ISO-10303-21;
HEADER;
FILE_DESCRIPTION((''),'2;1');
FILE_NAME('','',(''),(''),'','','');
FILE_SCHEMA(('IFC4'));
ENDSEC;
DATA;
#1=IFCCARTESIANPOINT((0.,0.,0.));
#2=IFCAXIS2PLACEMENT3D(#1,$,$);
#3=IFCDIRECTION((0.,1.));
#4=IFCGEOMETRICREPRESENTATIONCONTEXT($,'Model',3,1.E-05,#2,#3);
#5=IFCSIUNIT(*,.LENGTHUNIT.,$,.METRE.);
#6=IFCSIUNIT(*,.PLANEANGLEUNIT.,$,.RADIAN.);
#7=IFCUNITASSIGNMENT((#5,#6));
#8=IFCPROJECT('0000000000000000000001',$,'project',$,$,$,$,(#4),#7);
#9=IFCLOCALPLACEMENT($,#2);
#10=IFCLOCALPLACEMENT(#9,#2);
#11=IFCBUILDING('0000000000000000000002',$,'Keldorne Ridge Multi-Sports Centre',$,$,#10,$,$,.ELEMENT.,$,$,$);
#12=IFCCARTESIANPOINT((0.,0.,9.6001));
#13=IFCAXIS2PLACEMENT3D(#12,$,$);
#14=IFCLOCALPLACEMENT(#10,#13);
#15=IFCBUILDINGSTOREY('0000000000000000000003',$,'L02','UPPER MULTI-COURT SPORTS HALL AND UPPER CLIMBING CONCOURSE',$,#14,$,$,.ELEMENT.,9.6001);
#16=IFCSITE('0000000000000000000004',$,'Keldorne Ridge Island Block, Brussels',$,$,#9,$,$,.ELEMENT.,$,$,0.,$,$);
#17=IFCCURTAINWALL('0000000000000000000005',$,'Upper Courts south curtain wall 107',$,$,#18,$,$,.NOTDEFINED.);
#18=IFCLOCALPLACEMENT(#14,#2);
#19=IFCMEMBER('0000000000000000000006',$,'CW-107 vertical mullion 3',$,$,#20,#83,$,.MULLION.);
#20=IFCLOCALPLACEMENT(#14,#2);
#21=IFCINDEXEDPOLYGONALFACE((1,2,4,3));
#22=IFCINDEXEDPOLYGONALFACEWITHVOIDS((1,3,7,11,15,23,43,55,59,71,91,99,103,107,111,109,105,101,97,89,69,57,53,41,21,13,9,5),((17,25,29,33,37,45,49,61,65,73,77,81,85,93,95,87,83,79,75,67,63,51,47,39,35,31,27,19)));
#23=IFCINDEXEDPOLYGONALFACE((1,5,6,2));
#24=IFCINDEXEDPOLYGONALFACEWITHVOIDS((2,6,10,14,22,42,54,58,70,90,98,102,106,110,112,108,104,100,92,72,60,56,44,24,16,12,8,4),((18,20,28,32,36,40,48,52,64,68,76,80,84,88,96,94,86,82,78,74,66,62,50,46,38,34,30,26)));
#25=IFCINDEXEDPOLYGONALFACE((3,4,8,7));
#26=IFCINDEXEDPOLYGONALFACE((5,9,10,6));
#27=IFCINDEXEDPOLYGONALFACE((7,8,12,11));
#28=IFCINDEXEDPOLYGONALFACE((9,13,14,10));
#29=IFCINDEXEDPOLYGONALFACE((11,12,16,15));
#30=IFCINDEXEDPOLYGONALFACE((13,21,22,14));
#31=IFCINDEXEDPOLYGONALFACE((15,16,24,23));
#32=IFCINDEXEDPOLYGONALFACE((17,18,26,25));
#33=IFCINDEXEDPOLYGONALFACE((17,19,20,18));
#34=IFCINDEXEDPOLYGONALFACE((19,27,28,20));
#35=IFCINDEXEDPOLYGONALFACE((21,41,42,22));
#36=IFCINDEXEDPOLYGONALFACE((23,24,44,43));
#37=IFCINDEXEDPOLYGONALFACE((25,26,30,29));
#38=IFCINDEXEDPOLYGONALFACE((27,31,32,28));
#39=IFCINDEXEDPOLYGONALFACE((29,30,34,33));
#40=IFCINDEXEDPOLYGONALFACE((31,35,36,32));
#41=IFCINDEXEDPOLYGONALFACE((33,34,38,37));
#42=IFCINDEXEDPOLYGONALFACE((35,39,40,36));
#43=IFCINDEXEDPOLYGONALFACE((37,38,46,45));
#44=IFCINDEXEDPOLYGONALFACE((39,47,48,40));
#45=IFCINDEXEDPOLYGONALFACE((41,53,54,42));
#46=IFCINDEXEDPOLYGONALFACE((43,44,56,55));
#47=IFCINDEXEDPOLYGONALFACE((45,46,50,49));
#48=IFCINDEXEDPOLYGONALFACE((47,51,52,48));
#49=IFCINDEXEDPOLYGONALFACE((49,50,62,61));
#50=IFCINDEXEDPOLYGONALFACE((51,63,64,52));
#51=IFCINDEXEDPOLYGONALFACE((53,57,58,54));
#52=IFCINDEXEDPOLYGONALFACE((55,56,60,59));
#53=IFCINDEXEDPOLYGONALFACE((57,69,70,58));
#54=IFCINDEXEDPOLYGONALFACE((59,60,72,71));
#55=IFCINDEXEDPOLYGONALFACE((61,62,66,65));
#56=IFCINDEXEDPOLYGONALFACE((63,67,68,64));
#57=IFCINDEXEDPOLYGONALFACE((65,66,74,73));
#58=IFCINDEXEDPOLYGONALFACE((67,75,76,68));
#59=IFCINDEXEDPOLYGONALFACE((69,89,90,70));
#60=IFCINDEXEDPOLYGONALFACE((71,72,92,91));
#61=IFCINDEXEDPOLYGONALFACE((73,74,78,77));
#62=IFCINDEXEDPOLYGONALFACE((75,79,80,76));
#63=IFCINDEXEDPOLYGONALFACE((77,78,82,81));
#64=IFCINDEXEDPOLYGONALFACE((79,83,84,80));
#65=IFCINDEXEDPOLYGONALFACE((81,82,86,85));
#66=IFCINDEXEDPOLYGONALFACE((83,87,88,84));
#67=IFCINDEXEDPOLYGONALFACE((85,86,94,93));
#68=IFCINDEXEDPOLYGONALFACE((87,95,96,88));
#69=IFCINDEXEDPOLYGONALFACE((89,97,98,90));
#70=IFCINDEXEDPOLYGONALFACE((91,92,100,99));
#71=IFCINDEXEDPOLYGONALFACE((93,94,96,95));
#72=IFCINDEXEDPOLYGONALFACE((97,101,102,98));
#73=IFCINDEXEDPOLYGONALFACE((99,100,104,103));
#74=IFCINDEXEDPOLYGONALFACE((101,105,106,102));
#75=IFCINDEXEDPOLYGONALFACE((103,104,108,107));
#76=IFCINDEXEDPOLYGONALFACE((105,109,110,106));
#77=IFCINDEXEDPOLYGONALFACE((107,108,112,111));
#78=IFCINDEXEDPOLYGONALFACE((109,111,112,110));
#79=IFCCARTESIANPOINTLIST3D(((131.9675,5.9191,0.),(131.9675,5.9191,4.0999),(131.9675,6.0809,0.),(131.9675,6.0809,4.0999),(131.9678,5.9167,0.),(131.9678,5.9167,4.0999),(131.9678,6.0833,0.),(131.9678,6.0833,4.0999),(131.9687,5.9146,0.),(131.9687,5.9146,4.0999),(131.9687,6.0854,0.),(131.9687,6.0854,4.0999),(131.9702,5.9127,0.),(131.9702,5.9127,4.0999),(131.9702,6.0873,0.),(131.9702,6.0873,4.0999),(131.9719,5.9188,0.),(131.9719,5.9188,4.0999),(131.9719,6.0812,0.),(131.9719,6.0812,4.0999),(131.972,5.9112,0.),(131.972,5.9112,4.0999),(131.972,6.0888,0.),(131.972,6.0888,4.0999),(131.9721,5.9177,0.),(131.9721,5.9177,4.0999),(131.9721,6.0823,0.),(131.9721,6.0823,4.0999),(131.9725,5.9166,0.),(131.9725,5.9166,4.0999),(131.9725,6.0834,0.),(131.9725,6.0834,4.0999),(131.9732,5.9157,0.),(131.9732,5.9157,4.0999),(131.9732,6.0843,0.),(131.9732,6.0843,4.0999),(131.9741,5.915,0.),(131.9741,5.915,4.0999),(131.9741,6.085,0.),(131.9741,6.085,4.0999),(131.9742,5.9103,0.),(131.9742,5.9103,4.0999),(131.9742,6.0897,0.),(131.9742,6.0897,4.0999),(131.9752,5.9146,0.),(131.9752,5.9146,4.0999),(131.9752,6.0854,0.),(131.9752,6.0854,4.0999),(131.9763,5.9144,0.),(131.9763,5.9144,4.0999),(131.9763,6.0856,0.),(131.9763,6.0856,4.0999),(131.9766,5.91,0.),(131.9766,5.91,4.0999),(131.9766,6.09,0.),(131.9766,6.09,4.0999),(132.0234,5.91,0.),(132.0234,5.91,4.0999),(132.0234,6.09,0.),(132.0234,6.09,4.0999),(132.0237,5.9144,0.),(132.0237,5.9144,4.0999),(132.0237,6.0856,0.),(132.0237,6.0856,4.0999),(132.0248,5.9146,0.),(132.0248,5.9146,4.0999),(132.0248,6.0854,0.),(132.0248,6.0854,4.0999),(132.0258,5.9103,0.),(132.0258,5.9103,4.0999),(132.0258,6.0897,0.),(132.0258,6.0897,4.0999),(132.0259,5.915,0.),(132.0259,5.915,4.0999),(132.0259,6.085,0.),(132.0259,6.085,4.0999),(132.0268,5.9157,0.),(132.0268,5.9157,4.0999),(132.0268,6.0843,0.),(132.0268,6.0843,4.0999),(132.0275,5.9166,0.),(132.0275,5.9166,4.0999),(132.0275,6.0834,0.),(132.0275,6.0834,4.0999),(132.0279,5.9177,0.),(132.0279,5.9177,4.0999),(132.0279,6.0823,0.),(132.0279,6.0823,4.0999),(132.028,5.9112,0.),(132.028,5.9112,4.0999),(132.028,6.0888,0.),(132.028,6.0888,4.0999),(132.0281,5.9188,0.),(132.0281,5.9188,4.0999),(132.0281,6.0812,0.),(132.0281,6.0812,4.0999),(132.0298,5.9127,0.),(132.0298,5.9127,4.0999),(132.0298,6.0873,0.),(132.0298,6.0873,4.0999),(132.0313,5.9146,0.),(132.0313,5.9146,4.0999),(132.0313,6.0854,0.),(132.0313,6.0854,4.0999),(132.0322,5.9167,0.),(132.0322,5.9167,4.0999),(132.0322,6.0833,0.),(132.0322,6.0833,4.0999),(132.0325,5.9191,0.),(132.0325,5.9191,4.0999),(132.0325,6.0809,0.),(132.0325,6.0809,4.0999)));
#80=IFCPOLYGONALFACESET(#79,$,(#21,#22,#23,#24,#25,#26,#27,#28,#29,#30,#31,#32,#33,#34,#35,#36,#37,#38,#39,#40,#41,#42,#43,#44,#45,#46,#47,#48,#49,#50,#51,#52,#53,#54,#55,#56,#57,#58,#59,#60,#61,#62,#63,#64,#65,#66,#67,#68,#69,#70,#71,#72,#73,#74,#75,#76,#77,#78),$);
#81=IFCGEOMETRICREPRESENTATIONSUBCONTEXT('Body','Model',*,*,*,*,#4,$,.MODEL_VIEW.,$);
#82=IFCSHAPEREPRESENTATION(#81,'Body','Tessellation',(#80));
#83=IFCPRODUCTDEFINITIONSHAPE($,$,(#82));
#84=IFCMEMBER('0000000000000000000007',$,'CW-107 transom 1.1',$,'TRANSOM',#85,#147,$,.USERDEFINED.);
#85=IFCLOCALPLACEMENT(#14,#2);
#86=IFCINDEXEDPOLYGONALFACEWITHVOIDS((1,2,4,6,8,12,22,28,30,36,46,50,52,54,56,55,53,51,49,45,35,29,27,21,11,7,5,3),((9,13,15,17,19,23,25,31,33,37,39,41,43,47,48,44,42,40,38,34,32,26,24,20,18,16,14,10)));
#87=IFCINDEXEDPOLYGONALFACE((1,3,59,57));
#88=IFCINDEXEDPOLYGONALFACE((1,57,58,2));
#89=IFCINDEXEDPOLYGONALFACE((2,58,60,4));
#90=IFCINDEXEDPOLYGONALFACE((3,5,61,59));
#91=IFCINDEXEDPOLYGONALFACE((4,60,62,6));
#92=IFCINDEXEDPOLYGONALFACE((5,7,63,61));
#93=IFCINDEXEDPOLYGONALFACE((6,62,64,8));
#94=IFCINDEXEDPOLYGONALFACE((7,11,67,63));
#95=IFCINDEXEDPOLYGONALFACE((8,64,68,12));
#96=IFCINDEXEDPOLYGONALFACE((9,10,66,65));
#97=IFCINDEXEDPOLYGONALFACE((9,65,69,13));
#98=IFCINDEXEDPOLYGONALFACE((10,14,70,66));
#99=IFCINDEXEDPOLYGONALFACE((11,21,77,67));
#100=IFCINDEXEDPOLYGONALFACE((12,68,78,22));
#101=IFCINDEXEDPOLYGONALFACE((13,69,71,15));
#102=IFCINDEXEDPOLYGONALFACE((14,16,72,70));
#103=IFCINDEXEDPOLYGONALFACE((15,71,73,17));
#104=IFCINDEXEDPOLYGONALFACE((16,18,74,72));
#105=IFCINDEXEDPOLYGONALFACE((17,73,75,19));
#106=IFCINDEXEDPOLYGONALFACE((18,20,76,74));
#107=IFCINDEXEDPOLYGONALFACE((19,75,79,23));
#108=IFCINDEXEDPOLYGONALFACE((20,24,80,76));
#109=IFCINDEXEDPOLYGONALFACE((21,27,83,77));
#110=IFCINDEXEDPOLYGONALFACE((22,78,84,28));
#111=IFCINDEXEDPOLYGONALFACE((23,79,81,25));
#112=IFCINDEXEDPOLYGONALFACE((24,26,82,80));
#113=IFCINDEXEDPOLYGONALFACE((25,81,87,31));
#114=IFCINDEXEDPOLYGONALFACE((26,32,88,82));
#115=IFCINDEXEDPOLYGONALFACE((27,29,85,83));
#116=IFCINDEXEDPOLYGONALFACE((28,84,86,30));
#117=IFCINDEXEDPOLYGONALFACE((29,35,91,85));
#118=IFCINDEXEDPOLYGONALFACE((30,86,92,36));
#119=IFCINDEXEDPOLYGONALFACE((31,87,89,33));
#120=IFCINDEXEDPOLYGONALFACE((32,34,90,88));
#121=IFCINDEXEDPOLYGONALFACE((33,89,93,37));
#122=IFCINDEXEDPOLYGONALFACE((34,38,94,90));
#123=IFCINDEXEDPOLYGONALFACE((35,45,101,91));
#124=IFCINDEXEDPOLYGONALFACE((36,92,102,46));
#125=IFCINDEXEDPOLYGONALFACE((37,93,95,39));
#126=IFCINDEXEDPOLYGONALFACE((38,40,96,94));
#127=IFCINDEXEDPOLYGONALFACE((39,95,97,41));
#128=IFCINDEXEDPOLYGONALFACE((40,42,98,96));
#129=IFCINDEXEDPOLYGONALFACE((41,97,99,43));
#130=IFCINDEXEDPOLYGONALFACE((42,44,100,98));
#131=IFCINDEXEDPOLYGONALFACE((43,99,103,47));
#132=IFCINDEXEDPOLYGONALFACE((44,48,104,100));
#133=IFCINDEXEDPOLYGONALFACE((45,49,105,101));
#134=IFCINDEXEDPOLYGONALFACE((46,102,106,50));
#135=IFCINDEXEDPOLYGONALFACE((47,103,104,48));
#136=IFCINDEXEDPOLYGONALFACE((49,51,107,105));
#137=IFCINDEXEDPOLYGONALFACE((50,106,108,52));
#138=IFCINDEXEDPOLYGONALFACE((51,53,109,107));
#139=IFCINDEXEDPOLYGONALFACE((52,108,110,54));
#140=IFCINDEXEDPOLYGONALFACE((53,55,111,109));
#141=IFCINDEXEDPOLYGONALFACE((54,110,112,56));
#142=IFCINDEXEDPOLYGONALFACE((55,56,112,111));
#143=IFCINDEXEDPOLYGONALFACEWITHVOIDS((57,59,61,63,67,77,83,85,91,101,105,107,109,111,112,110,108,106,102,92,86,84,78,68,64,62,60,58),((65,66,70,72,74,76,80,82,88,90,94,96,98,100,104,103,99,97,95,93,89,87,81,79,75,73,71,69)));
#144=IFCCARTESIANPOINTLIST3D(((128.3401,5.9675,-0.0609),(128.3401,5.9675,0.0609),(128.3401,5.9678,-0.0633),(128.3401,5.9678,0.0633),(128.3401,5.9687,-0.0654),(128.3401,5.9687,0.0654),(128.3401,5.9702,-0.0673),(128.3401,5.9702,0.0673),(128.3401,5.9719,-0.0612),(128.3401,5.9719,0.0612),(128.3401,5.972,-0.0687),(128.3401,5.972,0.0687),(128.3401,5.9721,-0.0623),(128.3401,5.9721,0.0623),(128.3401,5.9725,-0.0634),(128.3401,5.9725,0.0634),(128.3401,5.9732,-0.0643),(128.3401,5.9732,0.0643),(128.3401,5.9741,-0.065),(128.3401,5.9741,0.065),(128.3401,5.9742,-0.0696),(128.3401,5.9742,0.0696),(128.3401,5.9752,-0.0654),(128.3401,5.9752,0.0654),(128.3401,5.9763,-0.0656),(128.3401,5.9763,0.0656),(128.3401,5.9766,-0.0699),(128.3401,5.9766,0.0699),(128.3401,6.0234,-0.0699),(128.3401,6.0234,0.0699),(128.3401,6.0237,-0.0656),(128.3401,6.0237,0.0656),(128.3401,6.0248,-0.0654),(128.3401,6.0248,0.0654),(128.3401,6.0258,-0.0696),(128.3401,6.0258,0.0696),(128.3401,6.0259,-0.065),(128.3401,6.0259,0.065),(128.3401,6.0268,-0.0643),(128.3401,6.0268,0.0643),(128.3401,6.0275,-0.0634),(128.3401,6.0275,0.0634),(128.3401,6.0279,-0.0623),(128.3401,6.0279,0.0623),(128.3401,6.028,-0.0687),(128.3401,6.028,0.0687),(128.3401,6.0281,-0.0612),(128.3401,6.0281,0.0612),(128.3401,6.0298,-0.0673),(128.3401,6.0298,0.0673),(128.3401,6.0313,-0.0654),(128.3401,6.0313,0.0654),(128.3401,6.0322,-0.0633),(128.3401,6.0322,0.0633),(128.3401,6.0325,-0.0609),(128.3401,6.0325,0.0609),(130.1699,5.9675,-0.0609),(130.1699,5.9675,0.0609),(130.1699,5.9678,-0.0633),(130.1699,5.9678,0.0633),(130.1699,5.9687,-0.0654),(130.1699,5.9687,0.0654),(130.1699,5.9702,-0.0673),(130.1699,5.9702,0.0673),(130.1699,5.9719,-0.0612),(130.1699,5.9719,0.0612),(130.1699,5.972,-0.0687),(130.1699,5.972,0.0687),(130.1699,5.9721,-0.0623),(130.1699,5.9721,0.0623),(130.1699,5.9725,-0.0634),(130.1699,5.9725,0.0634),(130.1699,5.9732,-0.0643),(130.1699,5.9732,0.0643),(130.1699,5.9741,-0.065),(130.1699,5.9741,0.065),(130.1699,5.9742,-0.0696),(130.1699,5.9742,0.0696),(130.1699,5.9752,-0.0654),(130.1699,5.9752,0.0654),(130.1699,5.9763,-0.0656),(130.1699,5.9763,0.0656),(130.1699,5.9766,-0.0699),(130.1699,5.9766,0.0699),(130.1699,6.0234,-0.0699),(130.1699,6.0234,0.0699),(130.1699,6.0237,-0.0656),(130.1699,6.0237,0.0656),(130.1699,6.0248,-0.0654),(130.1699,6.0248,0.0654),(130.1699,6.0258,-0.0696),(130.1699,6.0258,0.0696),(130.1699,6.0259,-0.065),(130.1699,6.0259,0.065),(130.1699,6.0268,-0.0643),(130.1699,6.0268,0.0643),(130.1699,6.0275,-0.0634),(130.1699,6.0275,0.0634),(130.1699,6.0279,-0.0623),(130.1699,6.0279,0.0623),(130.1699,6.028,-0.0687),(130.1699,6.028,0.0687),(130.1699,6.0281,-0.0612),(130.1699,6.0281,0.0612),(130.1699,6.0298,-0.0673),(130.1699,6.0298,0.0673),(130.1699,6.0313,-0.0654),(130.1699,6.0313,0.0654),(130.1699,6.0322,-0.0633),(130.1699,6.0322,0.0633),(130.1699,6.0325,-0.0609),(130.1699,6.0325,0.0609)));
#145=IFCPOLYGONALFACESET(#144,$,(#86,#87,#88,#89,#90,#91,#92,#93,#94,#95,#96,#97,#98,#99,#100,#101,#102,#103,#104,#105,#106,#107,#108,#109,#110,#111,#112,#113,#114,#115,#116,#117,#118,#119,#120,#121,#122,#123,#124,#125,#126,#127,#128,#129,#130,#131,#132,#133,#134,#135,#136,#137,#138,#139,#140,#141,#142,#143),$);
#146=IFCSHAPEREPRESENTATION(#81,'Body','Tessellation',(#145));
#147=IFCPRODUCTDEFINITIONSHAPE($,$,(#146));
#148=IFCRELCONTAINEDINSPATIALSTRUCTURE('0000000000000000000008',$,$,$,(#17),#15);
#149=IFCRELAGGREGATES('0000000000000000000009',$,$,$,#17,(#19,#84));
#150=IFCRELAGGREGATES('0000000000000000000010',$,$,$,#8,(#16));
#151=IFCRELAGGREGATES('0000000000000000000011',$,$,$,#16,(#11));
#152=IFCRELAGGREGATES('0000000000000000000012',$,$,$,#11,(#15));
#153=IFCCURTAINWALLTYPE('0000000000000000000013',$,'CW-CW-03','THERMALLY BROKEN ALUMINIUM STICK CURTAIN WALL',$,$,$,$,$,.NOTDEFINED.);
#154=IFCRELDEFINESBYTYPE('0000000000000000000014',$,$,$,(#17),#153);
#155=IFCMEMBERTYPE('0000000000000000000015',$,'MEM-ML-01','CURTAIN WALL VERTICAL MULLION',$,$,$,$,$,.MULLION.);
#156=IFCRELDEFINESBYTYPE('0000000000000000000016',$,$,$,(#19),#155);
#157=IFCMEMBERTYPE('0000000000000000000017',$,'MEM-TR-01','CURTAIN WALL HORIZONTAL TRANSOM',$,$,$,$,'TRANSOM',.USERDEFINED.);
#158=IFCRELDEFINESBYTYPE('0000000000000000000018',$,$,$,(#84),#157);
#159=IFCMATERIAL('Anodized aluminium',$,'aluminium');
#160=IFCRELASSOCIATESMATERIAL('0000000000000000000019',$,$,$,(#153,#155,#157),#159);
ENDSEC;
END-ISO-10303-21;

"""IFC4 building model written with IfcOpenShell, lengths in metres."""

from ifc_helpers import new_model, si_unit, direction, frame, origin, origin_2d, place, context, subcontext, project, spatial, hollow_rectangle, extrude, material, material_profile, profile_set, type_object, element, aggregate, save


model = new_model("IFC4")

# Units and contexts
model_context = context("Model", 3, precision=1e-05, world=origin(), true_north=direction((0.0, 1.0)))
body_context = subcontext(model_context, "Body", "Model", "MODEL_VIEW")
ifc_project = project(units=[si_unit("LENGTHUNIT", "METRE"), si_unit("PLANEANGLEUNIT", "RADIAN")], contexts=[model_context])

# Site, building, storey
site_placement = place(None, origin())
site = spatial("IfcSite", under=ifc_project, at=site_placement, Name="Keldorne Ridge Island Block, Brussels", CompositionType="ELEMENT", RefElevation=0.0)
building_placement = place(site_placement, origin())
building = spatial("IfcBuilding", under=site, at=building_placement, Name="Keldorne Ridge Multi-Sports Centre", CompositionType="ELEMENT")
storey_placement = place(building_placement, frame((0.0, 0.0, 9.6001)))
storey = spatial("IfcBuildingStorey", under=building, at=storey_placement, Name="L02", Description="UPPER MULTI-COURT SPORTS HALL AND UPPER CLIMBING CONCOURSE", CompositionType="ELEMENT", Elevation=9.6001)

# Curtain wall, members
ifc_material_1 = material(Name="Anodized aluminium", Category="aluminium")
curtain_wall_type = type_object("IfcCurtainWallType", Name="CW-CW-03", Description="THERMALLY BROKEN ALUMINIUM STICK CURTAIN WALL", PredefinedType="NOTDEFINED", material=ifc_material_1)
curtain_wall_placement = place(storey_placement, origin())
curtain_wall = element("IfcCurtainWall", 1, at=curtain_wall_placement, inside=storey, type_object=curtain_wall_type, Name="Upper Courts south curtain wall 107", PredefinedType="NOTDEFINED")
ifc_material_profile_1 = material_profile(ifc_material_1, hollow_rectangle(XDim=0.0649, YDim=0.1799, WallThickness=0.0044, InnerFilletRadius=0.0044, OuterFilletRadius=0.009, at=origin_2d()), Name="ALU MULLION 180x65x4.5")
ifc_profile_set_1 = profile_set([ifc_material_profile_1], Name="Anodized aluminium")
member_type_1 = type_object("IfcMemberType", Name="MEM-ML-01", Description="CURTAIN WALL VERTICAL MULLION", PredefinedType="MULLION", material=ifc_profile_set_1)
member_1_placement = place(storey_placement, frame((132.0, 6.0, 0.0), z_axis=(0.0, 0.0, 1.0), x_axis=(1.0, 0.0, 0.0)))
member_1 = element("IfcMember", 2, at=member_1_placement, type_object=member_type_1, Name="CW-107 vertical mullion 3", PredefinedType="MULLION", context=body_context, shape_type="SweptSolid", body=[
    extrude(hollow_rectangle(XDim=0.0649, YDim=0.1799, WallThickness=0.0044, InnerFilletRadius=0.0044, OuterFilletRadius=0.009, at=origin_2d()), origin(), (0.0, 0.0, 1.0), 4.0999),
])
ifc_material_profile_2 = material_profile(ifc_material_1, hollow_rectangle(XDim=0.0649, YDim=0.1399, WallThickness=0.0044, InnerFilletRadius=0.0044, OuterFilletRadius=0.009, at=origin_2d()), Name="ALU TRANSOM 140x65x4.5")
ifc_profile_set_2 = profile_set([ifc_material_profile_2], Name="Anodized aluminium")
member_type_2 = type_object("IfcMemberType", Name="MEM-TR-01", Description="CURTAIN WALL HORIZONTAL TRANSOM", ElementType="TRANSOM", PredefinedType="USERDEFINED", material=ifc_profile_set_2)
member_2_placement = place(storey_placement, frame((128.3401, 6.0, 0.0), z_axis=(1.0, 0.0, 0.0), x_axis=(0.0, 1.0, 0.0)))
member_2 = element("IfcMember", 3, at=member_2_placement, type_object=member_type_2, Name="CW-107 transom 1.1", ObjectType="TRANSOM", PredefinedType="USERDEFINED", context=body_context, shape_type="SweptSolid", body=[
    extrude(hollow_rectangle(XDim=0.0649, YDim=0.1399, WallThickness=0.0044, InnerFilletRadius=0.0044, OuterFilletRadius=0.009, at=origin_2d()), origin(), (0.0, 0.0, 1.0), 1.8298),
])
aggregate(curtain_wall, [member_1, member_2])

save(model, "model.ifc")
